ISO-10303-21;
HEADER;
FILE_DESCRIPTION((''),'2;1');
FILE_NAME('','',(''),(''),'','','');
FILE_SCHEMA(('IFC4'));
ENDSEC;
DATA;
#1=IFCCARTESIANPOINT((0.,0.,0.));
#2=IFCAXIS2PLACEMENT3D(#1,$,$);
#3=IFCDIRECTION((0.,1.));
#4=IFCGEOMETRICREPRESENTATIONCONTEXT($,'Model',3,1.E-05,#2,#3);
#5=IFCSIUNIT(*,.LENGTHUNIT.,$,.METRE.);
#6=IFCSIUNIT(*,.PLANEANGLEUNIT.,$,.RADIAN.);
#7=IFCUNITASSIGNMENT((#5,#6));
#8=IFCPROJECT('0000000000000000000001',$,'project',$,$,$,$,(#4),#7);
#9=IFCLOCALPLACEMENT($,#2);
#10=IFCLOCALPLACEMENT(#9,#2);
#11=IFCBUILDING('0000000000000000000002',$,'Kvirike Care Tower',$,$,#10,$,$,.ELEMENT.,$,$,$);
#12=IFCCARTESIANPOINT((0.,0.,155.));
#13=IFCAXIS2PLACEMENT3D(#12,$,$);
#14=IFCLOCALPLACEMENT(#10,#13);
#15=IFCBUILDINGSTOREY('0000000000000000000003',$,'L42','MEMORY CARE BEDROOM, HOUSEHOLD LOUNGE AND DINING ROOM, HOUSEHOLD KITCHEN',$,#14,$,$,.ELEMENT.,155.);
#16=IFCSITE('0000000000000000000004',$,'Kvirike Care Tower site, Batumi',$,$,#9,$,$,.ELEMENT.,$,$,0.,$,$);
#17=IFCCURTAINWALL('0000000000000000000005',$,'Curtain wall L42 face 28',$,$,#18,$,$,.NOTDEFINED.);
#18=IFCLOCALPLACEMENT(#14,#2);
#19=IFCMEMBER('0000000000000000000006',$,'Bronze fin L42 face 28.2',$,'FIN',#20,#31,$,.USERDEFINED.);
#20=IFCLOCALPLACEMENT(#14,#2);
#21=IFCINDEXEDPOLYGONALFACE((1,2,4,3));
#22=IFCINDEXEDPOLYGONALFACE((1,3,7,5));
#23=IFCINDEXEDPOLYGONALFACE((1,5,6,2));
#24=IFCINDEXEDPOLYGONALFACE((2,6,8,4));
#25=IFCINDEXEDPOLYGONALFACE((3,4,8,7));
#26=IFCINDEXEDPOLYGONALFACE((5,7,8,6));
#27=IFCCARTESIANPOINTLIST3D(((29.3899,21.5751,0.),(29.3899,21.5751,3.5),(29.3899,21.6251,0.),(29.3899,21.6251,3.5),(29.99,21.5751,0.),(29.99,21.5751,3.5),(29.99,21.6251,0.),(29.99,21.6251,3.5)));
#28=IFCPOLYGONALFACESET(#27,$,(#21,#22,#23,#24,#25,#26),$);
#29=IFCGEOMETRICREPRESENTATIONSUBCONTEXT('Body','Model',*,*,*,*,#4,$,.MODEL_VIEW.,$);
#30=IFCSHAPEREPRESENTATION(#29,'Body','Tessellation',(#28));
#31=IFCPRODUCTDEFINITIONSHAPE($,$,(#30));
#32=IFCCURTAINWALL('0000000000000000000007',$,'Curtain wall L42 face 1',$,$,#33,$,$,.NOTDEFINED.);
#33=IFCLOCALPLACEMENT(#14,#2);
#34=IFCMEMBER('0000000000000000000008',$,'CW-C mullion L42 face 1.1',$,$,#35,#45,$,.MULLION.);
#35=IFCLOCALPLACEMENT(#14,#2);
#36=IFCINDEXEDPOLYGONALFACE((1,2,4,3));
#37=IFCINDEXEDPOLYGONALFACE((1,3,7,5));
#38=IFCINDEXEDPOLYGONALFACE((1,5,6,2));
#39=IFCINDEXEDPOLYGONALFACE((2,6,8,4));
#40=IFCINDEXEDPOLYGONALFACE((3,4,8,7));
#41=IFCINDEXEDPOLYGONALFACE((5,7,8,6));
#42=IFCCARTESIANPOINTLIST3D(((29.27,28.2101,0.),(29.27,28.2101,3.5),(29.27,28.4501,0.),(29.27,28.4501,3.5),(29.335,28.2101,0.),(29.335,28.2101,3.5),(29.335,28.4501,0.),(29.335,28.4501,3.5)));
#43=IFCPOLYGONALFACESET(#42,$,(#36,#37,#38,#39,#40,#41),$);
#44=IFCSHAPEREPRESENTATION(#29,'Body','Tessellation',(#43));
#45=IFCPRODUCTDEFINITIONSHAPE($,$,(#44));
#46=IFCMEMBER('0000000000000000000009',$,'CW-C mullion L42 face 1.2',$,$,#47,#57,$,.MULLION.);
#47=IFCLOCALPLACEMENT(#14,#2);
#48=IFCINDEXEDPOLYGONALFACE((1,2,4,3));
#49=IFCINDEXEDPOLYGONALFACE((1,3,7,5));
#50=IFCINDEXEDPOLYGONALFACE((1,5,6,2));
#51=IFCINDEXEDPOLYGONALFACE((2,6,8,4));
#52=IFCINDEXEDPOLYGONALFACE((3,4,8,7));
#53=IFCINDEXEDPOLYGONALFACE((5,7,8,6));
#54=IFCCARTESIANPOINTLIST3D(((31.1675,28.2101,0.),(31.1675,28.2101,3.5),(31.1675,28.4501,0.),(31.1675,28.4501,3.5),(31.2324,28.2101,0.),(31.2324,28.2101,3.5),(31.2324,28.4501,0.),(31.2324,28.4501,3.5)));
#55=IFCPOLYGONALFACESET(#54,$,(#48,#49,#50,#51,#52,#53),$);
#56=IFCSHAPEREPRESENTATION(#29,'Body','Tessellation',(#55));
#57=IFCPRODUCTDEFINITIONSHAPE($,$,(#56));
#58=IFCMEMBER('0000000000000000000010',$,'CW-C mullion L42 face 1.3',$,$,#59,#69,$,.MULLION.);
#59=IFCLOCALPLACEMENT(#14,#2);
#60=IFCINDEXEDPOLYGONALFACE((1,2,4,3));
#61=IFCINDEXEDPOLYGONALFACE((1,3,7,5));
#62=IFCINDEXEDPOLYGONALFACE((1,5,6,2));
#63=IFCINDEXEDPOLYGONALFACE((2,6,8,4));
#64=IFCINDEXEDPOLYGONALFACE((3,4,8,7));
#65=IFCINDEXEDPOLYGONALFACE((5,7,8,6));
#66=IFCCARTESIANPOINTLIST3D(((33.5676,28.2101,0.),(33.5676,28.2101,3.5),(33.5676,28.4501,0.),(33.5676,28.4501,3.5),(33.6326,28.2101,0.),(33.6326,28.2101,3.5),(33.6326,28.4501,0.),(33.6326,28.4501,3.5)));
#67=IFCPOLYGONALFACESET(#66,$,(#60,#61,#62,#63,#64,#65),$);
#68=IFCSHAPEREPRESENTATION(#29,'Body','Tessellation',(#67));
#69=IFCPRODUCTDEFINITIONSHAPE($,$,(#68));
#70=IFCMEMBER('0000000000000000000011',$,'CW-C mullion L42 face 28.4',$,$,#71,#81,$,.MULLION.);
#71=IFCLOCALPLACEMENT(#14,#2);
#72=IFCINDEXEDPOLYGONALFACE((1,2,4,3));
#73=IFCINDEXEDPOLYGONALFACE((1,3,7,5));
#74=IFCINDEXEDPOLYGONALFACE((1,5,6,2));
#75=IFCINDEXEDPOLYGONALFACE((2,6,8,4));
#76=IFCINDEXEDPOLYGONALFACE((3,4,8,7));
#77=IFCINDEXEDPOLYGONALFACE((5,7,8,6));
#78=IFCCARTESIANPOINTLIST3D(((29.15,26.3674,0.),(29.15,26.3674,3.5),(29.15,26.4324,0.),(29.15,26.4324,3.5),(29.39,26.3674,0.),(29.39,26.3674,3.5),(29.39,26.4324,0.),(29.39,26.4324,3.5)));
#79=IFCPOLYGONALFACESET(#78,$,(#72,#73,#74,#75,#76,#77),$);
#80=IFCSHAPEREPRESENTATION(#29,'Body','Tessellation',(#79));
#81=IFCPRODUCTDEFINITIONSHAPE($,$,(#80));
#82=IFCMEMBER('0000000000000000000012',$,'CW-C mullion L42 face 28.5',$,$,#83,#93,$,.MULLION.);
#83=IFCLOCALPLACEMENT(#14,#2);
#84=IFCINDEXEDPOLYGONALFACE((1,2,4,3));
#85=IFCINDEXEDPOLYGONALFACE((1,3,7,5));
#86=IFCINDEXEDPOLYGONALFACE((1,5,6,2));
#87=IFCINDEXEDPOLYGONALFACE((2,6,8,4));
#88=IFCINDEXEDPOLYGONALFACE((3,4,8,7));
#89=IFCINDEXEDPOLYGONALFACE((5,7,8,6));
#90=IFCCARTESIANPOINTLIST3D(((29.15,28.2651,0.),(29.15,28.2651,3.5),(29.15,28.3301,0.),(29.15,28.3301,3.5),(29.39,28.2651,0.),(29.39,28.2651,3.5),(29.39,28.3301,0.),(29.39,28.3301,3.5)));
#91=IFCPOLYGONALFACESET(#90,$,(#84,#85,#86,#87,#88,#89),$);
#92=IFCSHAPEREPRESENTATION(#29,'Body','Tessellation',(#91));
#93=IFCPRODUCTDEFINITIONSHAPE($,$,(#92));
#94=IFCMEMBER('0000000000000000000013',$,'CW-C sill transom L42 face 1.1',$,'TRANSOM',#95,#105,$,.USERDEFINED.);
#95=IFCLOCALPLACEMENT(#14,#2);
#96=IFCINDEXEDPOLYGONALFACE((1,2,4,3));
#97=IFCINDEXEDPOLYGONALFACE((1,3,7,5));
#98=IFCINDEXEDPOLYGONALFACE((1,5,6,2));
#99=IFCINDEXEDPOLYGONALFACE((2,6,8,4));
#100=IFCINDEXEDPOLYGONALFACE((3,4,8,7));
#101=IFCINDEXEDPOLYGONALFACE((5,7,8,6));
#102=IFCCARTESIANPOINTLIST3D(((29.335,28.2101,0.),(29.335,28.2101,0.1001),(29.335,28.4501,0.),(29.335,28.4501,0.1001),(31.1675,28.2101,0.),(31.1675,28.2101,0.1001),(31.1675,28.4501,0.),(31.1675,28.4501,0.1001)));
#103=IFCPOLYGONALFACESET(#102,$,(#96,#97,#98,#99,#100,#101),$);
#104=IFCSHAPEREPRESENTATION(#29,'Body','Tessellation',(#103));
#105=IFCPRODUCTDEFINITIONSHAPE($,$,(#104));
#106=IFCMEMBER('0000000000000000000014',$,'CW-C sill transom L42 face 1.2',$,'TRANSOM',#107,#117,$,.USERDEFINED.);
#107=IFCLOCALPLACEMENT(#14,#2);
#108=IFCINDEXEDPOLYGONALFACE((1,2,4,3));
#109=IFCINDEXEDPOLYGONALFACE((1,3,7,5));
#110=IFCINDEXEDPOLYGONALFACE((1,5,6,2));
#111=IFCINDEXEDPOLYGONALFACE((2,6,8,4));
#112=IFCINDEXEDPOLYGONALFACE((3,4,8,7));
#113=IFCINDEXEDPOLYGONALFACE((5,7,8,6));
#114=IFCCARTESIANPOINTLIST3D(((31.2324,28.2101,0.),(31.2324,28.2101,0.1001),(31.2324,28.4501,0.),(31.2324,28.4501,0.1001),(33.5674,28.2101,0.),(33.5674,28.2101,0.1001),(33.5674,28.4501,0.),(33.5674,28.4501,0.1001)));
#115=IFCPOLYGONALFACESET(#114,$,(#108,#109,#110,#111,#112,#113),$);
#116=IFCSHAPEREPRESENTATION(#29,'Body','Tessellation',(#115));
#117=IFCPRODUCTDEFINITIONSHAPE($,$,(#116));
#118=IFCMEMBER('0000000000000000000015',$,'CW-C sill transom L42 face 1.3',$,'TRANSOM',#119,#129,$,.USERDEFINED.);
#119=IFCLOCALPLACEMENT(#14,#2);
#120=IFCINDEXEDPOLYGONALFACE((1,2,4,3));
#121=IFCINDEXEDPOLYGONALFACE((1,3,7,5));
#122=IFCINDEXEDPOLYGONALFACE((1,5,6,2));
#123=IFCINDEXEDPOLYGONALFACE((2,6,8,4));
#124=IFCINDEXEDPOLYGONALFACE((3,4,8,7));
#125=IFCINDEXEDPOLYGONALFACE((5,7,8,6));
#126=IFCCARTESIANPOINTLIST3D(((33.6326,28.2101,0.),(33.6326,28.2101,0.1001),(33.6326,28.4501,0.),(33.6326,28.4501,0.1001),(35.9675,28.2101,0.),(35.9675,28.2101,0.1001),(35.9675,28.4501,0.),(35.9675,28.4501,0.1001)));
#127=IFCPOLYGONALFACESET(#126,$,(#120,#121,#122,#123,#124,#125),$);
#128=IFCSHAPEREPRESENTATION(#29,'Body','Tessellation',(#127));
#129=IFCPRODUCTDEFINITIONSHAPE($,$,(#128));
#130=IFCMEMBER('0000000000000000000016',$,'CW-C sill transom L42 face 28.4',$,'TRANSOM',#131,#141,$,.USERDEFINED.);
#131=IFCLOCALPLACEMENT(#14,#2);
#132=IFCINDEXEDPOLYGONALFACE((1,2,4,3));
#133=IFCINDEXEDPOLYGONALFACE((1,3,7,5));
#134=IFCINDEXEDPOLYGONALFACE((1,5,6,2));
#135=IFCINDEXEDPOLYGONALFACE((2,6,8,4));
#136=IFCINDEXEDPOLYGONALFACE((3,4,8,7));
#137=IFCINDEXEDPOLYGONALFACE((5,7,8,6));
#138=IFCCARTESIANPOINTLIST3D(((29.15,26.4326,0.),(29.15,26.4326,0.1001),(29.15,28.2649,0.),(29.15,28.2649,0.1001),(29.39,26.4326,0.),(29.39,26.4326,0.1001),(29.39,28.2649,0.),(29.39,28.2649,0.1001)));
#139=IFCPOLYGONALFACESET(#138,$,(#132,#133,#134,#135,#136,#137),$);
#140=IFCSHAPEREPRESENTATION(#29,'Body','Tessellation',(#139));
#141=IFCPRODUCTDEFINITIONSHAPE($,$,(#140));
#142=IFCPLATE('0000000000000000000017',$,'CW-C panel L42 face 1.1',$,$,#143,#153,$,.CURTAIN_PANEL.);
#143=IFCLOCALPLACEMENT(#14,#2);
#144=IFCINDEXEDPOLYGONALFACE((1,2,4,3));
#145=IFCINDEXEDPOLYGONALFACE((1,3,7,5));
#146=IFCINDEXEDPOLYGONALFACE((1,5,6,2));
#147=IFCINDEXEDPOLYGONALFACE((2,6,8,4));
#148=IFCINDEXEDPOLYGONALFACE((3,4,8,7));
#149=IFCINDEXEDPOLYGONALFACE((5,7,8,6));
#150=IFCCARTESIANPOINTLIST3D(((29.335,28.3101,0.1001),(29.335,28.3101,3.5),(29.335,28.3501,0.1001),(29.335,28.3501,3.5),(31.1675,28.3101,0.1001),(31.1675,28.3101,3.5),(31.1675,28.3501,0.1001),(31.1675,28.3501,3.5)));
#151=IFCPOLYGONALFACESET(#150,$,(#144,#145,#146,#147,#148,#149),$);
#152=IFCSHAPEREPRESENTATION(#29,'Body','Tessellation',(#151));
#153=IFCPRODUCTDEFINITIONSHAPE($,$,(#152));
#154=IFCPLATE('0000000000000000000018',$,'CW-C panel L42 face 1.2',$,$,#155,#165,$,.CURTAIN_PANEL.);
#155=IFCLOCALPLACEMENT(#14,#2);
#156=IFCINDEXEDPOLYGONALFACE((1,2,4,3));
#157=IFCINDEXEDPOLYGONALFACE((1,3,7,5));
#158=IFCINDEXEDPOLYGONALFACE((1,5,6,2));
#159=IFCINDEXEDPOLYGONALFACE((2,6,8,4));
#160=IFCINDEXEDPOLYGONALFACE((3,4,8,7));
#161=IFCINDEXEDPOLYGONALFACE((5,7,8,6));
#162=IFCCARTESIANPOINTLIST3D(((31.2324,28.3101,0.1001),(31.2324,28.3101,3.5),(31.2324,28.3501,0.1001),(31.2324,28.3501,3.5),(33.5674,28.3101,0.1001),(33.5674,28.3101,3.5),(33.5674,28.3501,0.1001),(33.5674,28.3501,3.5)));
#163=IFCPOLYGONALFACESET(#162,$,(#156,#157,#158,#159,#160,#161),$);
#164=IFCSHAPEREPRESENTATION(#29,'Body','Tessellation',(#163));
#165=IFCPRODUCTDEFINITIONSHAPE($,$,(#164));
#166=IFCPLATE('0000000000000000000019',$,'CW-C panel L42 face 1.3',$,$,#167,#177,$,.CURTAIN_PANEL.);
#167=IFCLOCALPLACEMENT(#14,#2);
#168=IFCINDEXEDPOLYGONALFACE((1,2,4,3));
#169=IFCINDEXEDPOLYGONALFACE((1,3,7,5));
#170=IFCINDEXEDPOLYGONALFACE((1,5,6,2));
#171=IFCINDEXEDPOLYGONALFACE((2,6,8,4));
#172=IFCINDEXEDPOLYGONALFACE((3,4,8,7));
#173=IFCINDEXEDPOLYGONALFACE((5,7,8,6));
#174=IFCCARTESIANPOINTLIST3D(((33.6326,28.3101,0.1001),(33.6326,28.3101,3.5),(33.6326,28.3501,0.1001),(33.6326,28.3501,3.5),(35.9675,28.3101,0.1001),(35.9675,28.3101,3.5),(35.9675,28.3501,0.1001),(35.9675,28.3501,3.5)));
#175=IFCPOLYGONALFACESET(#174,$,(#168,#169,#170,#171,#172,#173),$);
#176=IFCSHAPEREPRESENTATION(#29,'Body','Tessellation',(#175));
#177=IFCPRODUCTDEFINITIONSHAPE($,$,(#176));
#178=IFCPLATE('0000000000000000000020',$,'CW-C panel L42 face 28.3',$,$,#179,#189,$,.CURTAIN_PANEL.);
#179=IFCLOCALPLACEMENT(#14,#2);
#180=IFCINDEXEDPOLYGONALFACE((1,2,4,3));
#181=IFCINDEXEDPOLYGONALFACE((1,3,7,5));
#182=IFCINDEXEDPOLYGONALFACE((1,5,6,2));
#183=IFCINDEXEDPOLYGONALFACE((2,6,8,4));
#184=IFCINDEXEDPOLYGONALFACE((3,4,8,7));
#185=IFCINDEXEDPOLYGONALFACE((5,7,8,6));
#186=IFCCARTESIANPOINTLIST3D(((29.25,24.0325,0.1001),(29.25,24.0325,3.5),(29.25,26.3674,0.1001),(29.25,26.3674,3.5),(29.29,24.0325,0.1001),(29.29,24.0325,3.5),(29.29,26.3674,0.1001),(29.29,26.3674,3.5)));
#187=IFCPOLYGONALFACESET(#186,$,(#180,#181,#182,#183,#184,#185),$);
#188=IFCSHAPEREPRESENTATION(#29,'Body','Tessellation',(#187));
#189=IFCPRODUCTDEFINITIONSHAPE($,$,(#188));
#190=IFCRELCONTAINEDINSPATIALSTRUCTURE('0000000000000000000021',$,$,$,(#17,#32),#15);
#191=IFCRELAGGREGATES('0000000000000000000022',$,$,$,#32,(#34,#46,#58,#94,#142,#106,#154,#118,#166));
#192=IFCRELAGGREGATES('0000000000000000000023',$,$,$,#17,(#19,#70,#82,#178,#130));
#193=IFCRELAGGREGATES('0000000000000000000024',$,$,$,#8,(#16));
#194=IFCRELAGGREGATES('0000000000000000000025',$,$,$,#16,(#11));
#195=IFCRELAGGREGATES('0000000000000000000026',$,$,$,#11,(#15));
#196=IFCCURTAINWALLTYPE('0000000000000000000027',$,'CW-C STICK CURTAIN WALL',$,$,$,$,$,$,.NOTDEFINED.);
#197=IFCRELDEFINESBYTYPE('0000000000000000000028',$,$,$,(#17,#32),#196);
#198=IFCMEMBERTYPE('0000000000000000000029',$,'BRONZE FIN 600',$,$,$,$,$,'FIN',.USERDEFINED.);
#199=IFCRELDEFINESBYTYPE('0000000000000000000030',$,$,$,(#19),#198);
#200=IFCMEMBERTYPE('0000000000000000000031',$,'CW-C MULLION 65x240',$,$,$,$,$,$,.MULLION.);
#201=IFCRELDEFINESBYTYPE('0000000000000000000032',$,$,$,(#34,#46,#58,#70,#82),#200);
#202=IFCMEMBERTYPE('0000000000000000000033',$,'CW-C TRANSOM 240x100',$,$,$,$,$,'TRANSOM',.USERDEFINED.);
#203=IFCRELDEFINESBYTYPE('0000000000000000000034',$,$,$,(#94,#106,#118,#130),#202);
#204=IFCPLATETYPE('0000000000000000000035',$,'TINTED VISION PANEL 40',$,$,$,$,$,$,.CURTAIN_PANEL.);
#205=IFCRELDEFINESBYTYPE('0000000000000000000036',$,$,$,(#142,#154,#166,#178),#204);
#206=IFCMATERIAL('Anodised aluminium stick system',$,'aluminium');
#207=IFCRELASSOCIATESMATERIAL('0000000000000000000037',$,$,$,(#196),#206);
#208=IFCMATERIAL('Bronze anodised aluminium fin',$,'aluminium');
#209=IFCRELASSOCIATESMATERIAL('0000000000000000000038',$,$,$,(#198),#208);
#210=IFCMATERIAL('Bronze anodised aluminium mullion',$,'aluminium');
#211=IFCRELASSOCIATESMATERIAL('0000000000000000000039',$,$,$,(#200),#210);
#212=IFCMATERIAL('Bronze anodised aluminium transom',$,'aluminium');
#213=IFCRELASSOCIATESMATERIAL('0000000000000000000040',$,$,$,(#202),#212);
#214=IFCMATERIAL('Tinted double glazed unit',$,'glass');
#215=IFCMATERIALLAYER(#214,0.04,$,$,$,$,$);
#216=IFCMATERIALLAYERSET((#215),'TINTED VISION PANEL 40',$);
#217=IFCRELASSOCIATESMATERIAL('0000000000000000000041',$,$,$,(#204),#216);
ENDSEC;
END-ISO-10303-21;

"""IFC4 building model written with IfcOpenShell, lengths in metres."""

from ifc_helpers import new_model, si_unit, direction, frame, origin, origin_2d, place, context, subcontext, project, spatial, rectangle, extrude, material, layer, layer_set, material_profile, profile_set, type_object, element, aggregate, save


model = new_model("IFC4")

# Units and contexts
model_context = context("Model", 3, precision=1e-05, world=origin(), true_north=direction((0.0, 1.0)))
body_context = subcontext(model_context, "Body", "Model", "MODEL_VIEW")
ifc_project = project(units=[si_unit("LENGTHUNIT", "METRE"), si_unit("PLANEANGLEUNIT", "RADIAN")], contexts=[model_context])

# Site, building, storey
site_placement = place(None, origin())
site = spatial("IfcSite", under=ifc_project, at=site_placement, Name="Kvirike Care Tower site, Batumi", CompositionType="ELEMENT", RefElevation=0.0)
building_placement = place(site_placement, origin())
building = spatial("IfcBuilding", under=site, at=building_placement, Name="Kvirike Care Tower", CompositionType="ELEMENT")
storey_placement = place(building_placement, frame((0.0, 0.0, 155.0)))
storey = spatial("IfcBuildingStorey", under=building, at=storey_placement, Name="L42", Description="MEMORY CARE BEDROOM, HOUSEHOLD LOUNGE AND DINING ROOM, HOUSEHOLD KITCHEN", CompositionType="ELEMENT", Elevation=155.0)

# Curtain wall, member
ifc_material_1 = material(Name="Anodised aluminium stick system", Category="aluminium")
curtain_wall_type = type_object("IfcCurtainWallType", Name="CW-C STICK CURTAIN WALL", PredefinedType="NOTDEFINED", material=ifc_material_1)
curtain_wall_1_placement = place(storey_placement, origin())
curtain_wall_1 = element("IfcCurtainWall", 1, at=curtain_wall_1_placement, inside=storey, type_object=curtain_wall_type, Name="Curtain wall L42 face 28", PredefinedType="NOTDEFINED")
ifc_material_2 = material(Name="Bronze anodised aluminium fin", Category="aluminium")
ifc_material_profile_1 = material_profile(ifc_material_2, rectangle(XDim=0.05, YDim=0.6001, at=origin_2d()), Name="BRONZE FIN 600")
ifc_profile_set_1 = profile_set([ifc_material_profile_1], Name="Bronze anodised aluminium fin")
member_type_1 = type_object("IfcMemberType", Name="BRONZE FIN 600", ElementType="FIN", PredefinedType="USERDEFINED", material=ifc_profile_set_1)
member_1_placement = place(storey_placement, frame((29.6899, 21.6001, 0.0), z_axis=(0.0, 0.0, 1.0), x_axis=(0.0, 1.0, 0.0)))
member_1 = element("IfcMember", 2, at=member_1_placement, type_object=member_type_1, Name="Bronze fin L42 face 28.2", ObjectType="FIN", PredefinedType="USERDEFINED", context=body_context, shape_type="SweptSolid", body=[
    extrude(rectangle(XDim=0.05, YDim=0.6001, at=origin_2d()), origin(), (0.0, 0.0, 1.0), 3.5),
])

# Curtain wall, members
curtain_wall_2_placement = place(storey_placement, origin())
curtain_wall_2 = element("IfcCurtainWall", 3, at=curtain_wall_2_placement, inside=storey, type_object=curtain_wall_type, Name="Curtain wall L42 face 1", PredefinedType="NOTDEFINED")
ifc_material_3 = material(Name="Bronze anodised aluminium mullion", Category="aluminium")
ifc_material_profile_2 = material_profile(ifc_material_3, rectangle(XDim=0.0649, YDim=0.24, at=origin_2d()), Name="CW-C MULLION 65x240")
ifc_profile_set_2 = profile_set([ifc_material_profile_2], Name="Bronze anodised aluminium mullion")
member_type_2 = type_object("IfcMemberType", Name="CW-C MULLION 65x240", PredefinedType="MULLION", material=ifc_profile_set_2)
member_2_placement = place(storey_placement, frame((29.3025, 28.3301, 0.0), z_axis=(0.0, 0.0, 1.0), x_axis=(1.0, 0.0, 0.0)))
member_2 = element("IfcMember", 4, at=member_2_placement, type_object=member_type_2, Name="CW-C mullion L42 face 1.1", PredefinedType="MULLION", context=body_context, shape_type="SweptSolid", body=[
    extrude(rectangle(XDim=0.0649, YDim=0.24, at=origin_2d()), origin(), (0.0, 0.0, 1.0), 3.5),
])
member_3_placement = place(storey_placement, frame((31.2, 28.3301, 0.0), z_axis=(0.0, 0.0, 1.0), x_axis=(1.0, 0.0, 0.0)))
member_3 = element("IfcMember", 5, at=member_3_placement, type_object=member_type_2, Name="CW-C mullion L42 face 1.2", PredefinedType="MULLION", context=body_context, shape_type="SweptSolid", body=[
    extrude(rectangle(XDim=0.0649, YDim=0.24, at=origin_2d()), origin(), (0.0, 0.0, 1.0), 3.5),
])
member_4_placement = place(storey_placement, frame((33.6001, 28.3301, 0.0), z_axis=(0.0, 0.0, 1.0), x_axis=(1.0, 0.0, 0.0)))
member_4 = element("IfcMember", 6, at=member_4_placement, type_object=member_type_2, Name="CW-C mullion L42 face 1.3", PredefinedType="MULLION", context=body_context, shape_type="SweptSolid", body=[
    extrude(rectangle(XDim=0.0649, YDim=0.24, at=origin_2d()), origin(), (0.0, 0.0, 1.0), 3.5),
])

# Members
member_5_placement = place(storey_placement, frame((29.27, 26.3999, 0.0), z_axis=(0.0, 0.0, 1.0), x_axis=(0.0, 1.0, 0.0)))
member_5 = element("IfcMember", 7, at=member_5_placement, type_object=member_type_2, Name="CW-C mullion L42 face 28.4", PredefinedType="MULLION", context=body_context, shape_type="SweptSolid", body=[
    extrude(rectangle(XDim=0.0649, YDim=0.24, at=origin_2d()), origin(), (0.0, 0.0, 1.0), 3.5),
])
member_6_placement = place(storey_placement, frame((29.27, 28.2976, 0.0), z_axis=(0.0, 0.0, 1.0), x_axis=(0.0, 1.0, 0.0)))
member_6 = element("IfcMember", 8, at=member_6_placement, type_object=member_type_2, Name="CW-C mullion L42 face 28.5", PredefinedType="MULLION", context=body_context, shape_type="SweptSolid", body=[
    extrude(rectangle(XDim=0.0649, YDim=0.24, at=origin_2d()), origin(), (0.0, 0.0, 1.0), 3.5),
])
ifc_material_4 = material(Name="Bronze anodised aluminium transom", Category="aluminium")
ifc_material_profile_3 = material_profile(ifc_material_4, rectangle(XDim=0.24, YDim=0.1001, at=origin_2d()), Name="CW-C TRANSOM 240x100")
ifc_profile_set_3 = profile_set([ifc_material_profile_3], Name="Bronze anodised aluminium transom")
member_type_3 = type_object("IfcMemberType", Name="CW-C TRANSOM 240x100", ElementType="TRANSOM", PredefinedType="USERDEFINED", material=ifc_profile_set_3)
member_7_placement = place(storey_placement, frame((29.335, 28.3301, 0.05), z_axis=(1.0, 0.0, 0.0), x_axis=(0.0, 1.0, 0.0)))
member_7 = element("IfcMember", 9, at=member_7_placement, type_object=member_type_3, Name="CW-C sill transom L42 face 1.1", ObjectType="TRANSOM", PredefinedType="USERDEFINED", context=body_context, shape_type="SweptSolid", body=[
    extrude(rectangle(XDim=0.24, YDim=0.1001, at=origin_2d()), origin(), (0.0, 0.0, 1.0), 1.8325),
])
member_8_placement = place(storey_placement, frame((31.2324, 28.3301, 0.05), z_axis=(1.0, 0.0, 0.0), x_axis=(0.0, 1.0, 0.0)))
member_8 = element("IfcMember", 10, at=member_8_placement, type_object=member_type_3, Name="CW-C sill transom L42 face 1.2", ObjectType="TRANSOM", PredefinedType="USERDEFINED", context=body_context, shape_type="SweptSolid", body=[
    extrude(rectangle(XDim=0.24, YDim=0.1001, at=origin_2d()), origin(), (0.0, 0.0, 1.0), 2.335),
])
member_9_placement = place(storey_placement, frame((33.6326, 28.3301, 0.05), z_axis=(1.0, 0.0, 0.0), x_axis=(0.0, 1.0, 0.0)))
member_9 = element("IfcMember", 11, at=member_9_placement, type_object=member_type_3, Name="CW-C sill transom L42 face 1.3", ObjectType="TRANSOM", PredefinedType="USERDEFINED", context=body_context, shape_type="SweptSolid", body=[
    extrude(rectangle(XDim=0.24, YDim=0.1001, at=origin_2d()), origin(), (0.0, 0.0, 1.0), 2.335),
])
member_10_placement = place(storey_placement, frame((29.27, 26.4326, 0.05), z_axis=(0.0, 1.0, 0.0), x_axis=(-1.0, 0.0, 0.0)))
member_10 = element("IfcMember", 12, at=member_10_placement, type_object=member_type_3, Name="CW-C sill transom L42 face 28.4", ObjectType="TRANSOM", PredefinedType="USERDEFINED", context=body_context, shape_type="SweptSolid", body=[
    extrude(rectangle(XDim=0.24, YDim=0.1001, at=origin_2d()), origin(), (0.0, 0.0, 1.0), 1.8323),
])

# Plates
ifc_material_5 = material(Name="Tinted double glazed unit", Category="glass")
ifc_layer = layer(ifc_material_5, 0.04)
ifc_layer_set = layer_set([ifc_layer], Name="TINTED VISION PANEL 40")
plate_type = type_object("IfcPlateType", Name="TINTED VISION PANEL 40", PredefinedType="CURTAIN_PANEL", material=ifc_layer_set)
plate_1_placement = place(storey_placement, frame((30.2512, 28.3301, 0.1001), z_axis=(0.0, 0.0, 1.0), x_axis=(1.0, 0.0, 0.0)))
plate_1 = element("IfcPlate", 13, at=plate_1_placement, type_object=plate_type, Name="CW-C panel L42 face 1.1", PredefinedType="CURTAIN_PANEL", context=body_context, shape_type="SweptSolid", body=[
    extrude(rectangle(XDim=1.8325, YDim=0.04, at=origin_2d()), origin(), (0.0, 0.0, 1.0), 3.3999),
])
plate_2_placement = place(storey_placement, frame((32.3999, 28.3301, 0.1001), z_axis=(0.0, 0.0, 1.0), x_axis=(1.0, 0.0, 0.0)))
plate_2 = element("IfcPlate", 14, at=plate_2_placement, type_object=plate_type, Name="CW-C panel L42 face 1.2", PredefinedType="CURTAIN_PANEL", context=body_context, shape_type="SweptSolid", body=[
    extrude(rectangle(XDim=2.335, YDim=0.04, at=origin_2d()), origin(), (0.0, 0.0, 1.0), 3.3999),
])
plate_3_placement = place(storey_placement, frame((34.8, 28.3301, 0.1001), z_axis=(0.0, 0.0, 1.0), x_axis=(1.0, 0.0, 0.0)))
plate_3 = element("IfcPlate", 15, at=plate_3_placement, type_object=plate_type, Name="CW-C panel L42 face 1.3", PredefinedType="CURTAIN_PANEL", context=body_context, shape_type="SweptSolid", body=[
    extrude(rectangle(XDim=2.335, YDim=0.04, at=origin_2d()), origin(), (0.0, 0.0, 1.0), 3.3999),
])
aggregate(curtain_wall_2, [member_2, member_3, member_4, member_7, plate_1, member_8, plate_2, member_9, plate_3])
plate_4_placement = place(storey_placement, frame((29.27, 25.2, 0.1001), z_axis=(0.0, 0.0, 1.0), x_axis=(0.0, 1.0, 0.0)))
plate_4 = element("IfcPlate", 16, at=plate_4_placement, type_object=plate_type, Name="CW-C panel L42 face 28.3", PredefinedType="CURTAIN_PANEL", context=body_context, shape_type="SweptSolid", body=[
    extrude(rectangle(XDim=2.335, YDim=0.04, at=origin_2d()), origin(), (0.0, 0.0, 1.0), 3.3999),
])
aggregate(curtain_wall_1, [member_1, member_5, member_6, plate_4, member_10])

save(model, "model.ifc")
